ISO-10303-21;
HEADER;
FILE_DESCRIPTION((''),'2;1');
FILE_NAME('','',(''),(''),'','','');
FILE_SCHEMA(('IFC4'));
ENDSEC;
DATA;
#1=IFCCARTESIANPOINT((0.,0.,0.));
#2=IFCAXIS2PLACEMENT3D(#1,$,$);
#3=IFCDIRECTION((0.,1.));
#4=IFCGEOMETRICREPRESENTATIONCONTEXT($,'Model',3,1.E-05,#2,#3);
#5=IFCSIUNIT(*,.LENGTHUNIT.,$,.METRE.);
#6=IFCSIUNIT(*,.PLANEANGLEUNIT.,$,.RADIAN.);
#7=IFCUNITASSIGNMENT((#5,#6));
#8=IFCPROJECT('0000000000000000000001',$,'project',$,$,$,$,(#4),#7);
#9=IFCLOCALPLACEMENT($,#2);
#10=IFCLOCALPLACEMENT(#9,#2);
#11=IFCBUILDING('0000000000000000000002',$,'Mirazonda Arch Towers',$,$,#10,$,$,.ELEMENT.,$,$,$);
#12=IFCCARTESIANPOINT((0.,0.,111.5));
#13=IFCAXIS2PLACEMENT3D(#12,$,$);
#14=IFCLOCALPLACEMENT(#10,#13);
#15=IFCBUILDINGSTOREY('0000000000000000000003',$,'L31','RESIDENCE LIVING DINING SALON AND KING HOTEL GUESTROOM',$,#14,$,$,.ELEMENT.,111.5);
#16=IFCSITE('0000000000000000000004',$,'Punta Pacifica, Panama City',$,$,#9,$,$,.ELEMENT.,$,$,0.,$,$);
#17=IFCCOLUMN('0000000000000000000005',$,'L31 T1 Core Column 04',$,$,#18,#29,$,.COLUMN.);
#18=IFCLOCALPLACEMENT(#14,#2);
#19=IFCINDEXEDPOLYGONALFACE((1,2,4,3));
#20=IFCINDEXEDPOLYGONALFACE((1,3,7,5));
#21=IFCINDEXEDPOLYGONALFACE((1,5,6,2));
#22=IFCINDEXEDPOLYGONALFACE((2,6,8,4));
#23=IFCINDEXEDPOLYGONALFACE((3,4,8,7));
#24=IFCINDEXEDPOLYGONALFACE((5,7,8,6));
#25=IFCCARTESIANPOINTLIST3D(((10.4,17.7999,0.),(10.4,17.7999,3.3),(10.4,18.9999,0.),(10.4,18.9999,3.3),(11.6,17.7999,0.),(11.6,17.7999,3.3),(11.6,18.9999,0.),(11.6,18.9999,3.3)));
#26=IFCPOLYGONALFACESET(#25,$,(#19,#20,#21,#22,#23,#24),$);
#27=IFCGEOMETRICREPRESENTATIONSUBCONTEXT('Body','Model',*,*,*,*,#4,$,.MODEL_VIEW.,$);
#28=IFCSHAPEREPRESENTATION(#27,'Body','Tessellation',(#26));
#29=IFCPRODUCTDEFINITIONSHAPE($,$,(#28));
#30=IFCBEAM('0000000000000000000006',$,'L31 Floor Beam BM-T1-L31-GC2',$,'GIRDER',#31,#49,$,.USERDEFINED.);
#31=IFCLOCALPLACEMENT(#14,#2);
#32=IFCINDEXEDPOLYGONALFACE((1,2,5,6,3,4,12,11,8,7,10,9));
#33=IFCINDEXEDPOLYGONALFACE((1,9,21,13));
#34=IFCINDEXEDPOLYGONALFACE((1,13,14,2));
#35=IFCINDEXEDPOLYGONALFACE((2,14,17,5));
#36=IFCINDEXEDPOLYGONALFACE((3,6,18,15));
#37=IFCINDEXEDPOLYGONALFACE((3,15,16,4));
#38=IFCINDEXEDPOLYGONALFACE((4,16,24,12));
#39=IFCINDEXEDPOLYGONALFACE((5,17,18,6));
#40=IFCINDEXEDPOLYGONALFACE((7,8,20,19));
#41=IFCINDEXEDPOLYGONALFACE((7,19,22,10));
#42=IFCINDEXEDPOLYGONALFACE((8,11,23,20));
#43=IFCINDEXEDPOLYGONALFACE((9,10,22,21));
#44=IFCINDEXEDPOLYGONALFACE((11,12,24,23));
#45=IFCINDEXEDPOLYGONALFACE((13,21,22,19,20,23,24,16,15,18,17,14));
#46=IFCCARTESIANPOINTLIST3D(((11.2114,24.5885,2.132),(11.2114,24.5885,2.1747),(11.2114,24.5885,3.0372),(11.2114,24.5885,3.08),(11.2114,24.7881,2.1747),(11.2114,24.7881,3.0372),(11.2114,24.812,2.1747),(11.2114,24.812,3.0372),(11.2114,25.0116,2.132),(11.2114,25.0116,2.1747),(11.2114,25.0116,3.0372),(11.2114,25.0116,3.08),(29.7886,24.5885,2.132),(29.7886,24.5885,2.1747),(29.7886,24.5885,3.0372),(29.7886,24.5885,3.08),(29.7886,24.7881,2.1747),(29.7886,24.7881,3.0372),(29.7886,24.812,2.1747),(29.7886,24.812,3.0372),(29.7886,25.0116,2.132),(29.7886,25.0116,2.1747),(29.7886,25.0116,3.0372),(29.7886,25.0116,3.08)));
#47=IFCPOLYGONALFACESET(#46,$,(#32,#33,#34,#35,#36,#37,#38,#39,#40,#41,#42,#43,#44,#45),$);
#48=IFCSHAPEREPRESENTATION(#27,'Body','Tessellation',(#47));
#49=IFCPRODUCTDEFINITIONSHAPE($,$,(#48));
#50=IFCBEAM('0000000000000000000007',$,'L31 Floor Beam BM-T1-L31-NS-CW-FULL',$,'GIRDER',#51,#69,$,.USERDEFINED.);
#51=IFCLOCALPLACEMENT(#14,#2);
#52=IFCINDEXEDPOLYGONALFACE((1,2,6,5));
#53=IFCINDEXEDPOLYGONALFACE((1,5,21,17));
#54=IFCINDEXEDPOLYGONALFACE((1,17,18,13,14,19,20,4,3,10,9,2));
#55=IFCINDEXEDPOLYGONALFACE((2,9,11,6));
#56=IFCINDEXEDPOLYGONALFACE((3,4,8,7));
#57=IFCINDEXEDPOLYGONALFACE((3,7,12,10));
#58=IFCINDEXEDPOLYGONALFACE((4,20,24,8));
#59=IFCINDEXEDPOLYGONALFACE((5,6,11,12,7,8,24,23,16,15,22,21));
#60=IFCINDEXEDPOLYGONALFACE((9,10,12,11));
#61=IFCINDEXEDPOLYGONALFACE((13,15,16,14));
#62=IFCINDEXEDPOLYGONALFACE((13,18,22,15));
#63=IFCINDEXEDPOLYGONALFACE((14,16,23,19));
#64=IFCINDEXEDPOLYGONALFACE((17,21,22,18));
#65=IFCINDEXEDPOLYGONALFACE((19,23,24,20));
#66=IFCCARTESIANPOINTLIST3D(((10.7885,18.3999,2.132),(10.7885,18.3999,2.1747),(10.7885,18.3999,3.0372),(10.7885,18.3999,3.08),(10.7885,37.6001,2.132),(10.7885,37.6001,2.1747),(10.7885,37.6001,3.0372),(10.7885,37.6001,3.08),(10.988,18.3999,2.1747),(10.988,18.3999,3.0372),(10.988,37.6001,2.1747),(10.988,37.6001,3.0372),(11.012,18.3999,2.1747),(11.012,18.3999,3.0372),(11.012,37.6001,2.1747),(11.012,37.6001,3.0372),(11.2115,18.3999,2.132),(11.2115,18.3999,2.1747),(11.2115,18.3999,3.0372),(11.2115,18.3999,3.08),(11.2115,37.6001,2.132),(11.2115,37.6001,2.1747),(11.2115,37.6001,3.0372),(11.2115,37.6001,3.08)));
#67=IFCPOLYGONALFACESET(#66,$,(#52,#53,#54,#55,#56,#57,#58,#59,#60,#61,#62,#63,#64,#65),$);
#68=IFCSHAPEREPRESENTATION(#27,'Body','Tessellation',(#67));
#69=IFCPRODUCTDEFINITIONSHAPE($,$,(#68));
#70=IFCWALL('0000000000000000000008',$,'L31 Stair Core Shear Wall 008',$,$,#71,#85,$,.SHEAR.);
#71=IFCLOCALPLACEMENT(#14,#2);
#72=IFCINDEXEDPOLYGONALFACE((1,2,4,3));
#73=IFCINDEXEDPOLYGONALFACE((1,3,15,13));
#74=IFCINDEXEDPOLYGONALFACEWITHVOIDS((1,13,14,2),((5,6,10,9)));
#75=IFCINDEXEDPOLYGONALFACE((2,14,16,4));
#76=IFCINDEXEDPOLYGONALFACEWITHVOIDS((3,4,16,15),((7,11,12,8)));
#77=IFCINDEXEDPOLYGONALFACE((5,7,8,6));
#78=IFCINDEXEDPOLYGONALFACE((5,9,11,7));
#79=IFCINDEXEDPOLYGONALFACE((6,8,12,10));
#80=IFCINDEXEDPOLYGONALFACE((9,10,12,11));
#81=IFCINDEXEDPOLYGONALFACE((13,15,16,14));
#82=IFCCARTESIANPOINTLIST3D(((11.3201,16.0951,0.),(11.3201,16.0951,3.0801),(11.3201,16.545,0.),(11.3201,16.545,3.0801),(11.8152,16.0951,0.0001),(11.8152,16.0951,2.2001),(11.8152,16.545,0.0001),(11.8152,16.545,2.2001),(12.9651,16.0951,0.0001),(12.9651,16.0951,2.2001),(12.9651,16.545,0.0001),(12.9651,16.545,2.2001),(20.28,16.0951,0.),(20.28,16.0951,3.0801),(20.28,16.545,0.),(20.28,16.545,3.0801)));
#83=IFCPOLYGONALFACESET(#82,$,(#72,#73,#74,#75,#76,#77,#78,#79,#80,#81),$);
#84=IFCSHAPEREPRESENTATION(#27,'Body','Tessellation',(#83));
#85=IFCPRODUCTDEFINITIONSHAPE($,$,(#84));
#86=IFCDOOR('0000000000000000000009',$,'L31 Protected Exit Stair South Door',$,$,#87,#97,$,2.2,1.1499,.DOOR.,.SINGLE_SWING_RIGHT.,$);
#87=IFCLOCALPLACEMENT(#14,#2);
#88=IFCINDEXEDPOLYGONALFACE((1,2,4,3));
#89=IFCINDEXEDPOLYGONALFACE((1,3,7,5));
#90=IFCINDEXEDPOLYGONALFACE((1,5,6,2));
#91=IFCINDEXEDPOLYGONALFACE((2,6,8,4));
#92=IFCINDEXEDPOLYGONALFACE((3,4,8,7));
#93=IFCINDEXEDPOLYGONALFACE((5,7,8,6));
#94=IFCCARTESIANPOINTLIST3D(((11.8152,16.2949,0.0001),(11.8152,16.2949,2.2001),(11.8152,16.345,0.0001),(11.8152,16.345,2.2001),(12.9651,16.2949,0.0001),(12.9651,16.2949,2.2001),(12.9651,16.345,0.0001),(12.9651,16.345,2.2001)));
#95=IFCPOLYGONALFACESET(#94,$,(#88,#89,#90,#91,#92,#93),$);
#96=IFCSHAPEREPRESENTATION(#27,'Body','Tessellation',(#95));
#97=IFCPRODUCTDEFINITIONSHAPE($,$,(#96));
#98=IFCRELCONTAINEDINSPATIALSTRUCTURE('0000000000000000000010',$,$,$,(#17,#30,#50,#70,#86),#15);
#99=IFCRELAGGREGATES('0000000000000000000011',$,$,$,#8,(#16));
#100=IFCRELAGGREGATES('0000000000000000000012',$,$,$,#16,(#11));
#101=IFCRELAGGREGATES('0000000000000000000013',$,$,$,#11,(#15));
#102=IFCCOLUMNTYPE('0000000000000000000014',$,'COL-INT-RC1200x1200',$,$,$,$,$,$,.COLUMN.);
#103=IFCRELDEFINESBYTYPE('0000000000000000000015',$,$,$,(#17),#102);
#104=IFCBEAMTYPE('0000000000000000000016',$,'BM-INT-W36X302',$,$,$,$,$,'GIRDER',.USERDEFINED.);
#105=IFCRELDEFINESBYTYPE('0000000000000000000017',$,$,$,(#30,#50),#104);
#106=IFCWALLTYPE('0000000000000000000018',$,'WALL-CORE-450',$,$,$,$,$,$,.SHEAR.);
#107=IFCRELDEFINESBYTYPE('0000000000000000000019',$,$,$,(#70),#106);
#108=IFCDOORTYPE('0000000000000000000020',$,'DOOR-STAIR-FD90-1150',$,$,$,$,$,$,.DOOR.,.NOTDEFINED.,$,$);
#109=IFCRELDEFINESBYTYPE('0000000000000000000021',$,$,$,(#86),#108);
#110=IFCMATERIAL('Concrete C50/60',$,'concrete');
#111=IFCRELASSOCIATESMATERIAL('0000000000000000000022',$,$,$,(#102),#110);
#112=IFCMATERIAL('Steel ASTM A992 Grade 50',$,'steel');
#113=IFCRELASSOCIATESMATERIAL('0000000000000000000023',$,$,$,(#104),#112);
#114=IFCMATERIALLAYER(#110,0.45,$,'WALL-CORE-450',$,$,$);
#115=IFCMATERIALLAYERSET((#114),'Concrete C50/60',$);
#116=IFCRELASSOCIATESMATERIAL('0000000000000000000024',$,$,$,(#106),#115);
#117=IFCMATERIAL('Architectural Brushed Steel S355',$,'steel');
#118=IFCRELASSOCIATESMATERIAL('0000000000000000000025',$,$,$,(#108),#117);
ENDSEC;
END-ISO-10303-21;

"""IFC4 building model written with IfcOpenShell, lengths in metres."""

from ifc_helpers import new_model, si_unit, direction, frame, frame_2d, origin, origin_2d, place, context, subcontext, project, spatial, rectangle, i_section, extrude, material, layer, layer_set, material_profile, profile_set, type_object, element, fill, save


model = new_model("IFC4")

# Units and contexts
model_context = context("Model", 3, precision=1e-05, world=origin(), true_north=direction((0.0, 1.0)))
body_context = subcontext(model_context, "Body", "Model", "MODEL_VIEW")
ifc_project = project(units=[si_unit("LENGTHUNIT", "METRE"), si_unit("PLANEANGLEUNIT", "RADIAN")], contexts=[model_context])

# Site, building, storey
site_placement = place(None, origin())
site = spatial("IfcSite", under=ifc_project, at=site_placement, Name="Punta Pacifica, Panama City", CompositionType="ELEMENT", RefElevation=0.0)
building_placement = place(site_placement, origin())
building = spatial("IfcBuilding", under=site, at=building_placement, Name="Mirazonda Arch Towers", CompositionType="ELEMENT")
storey_placement = place(building_placement, frame((0.0, 0.0, 111.5)))
storey = spatial("IfcBuildingStorey", under=building, at=storey_placement, Name="L31", Description="RESIDENCE LIVING DINING SALON AND KING HOTEL GUESTROOM", CompositionType="ELEMENT", Elevation=111.5)

# Column
ifc_material_1 = material(Name="Concrete C50/60", Category="concrete")
ifc_material_profile_1 = material_profile(ifc_material_1, rectangle(XDim=1.2, YDim=1.2, at=origin_2d()), Name="RC1200x1200")
ifc_profile_set_1 = profile_set([ifc_material_profile_1], Name="Concrete C50/60")
column_type = type_object("IfcColumnType", Name="COL-INT-RC1200x1200", PredefinedType="COLUMN", material=ifc_profile_set_1)
column_placement = place(storey_placement, frame((11.0, 18.3999, 0.0), z_axis=(0.0, 0.0, 1.0), x_axis=(1.0, 0.0, 0.0)))
element("IfcColumn", 1, at=column_placement, inside=storey, type_object=column_type, Name="L31 T1 Core Column 04", PredefinedType="COLUMN", context=body_context, shape_type="SweptSolid", body=[
    extrude(rectangle(XDim=1.2, YDim=1.2, at=origin_2d()), origin(), (0.0, 0.0, 1.0), 3.3),
])

# Beams
ifc_material_2 = material(Name="Steel ASTM A992 Grade 50", Category="steel")
ifc_material_profile_2 = material_profile(ifc_material_2, i_section(OverallWidth=0.4231, OverallDepth=0.948, WebThickness=0.0239, FlangeThickness=0.0427, at=origin_2d()), Name="W36X302")
ifc_profile_set_2 = profile_set([ifc_material_profile_2], Name="Steel ASTM A992 Grade 50")
beam_type = type_object("IfcBeamType", Name="BM-INT-W36X302", ElementType="GIRDER", PredefinedType="USERDEFINED", material=ifc_profile_set_2)
beam_1_placement = place(storey_placement, frame((11.2114, 24.8, 2.606), z_axis=(1.0, 0.0, 0.0), x_axis=(0.0, 1.0, 0.0)))
element("IfcBeam", 2, at=beam_1_placement, inside=storey, type_object=beam_type, Name="L31 Floor Beam BM-T1-L31-GC2", ObjectType="GIRDER", PredefinedType="USERDEFINED", context=body_context, shape_type="SweptSolid", body=[
    extrude(i_section(OverallWidth=0.4231, OverallDepth=0.948, WebThickness=0.0239, FlangeThickness=0.0427, at=origin_2d()), origin(), (0.0, 0.0, 1.0), 18.5771),
])
beam_2_placement = place(storey_placement, frame((11.0, 18.3999, 2.606), z_axis=(0.0, 1.0, 0.0), x_axis=(-1.0, 0.0, 0.0)))
element("IfcBeam", 3, at=beam_2_placement, inside=storey, type_object=beam_type, Name="L31 Floor Beam BM-T1-L31-NS-CW-FULL", ObjectType="GIRDER", PredefinedType="USERDEFINED", context=body_context, shape_type="SweptSolid", body=[
    extrude(i_section(OverallWidth=0.4231, OverallDepth=0.948, WebThickness=0.0239, FlangeThickness=0.0427, at=origin_2d()), origin(), (0.0, 0.0, 1.0), 19.2002),
])

# Wall, opening, door
ifc_layer_1 = layer(ifc_material_1, 0.45, Name="WALL-CORE-450")
ifc_layer_set_1 = layer_set([ifc_layer_1], Name="Concrete C50/60")
wall_type_1 = type_object("IfcWallType", Name="WALL-CORE-450", PredefinedType="SHEAR", material=ifc_layer_set_1)
wall_1_placement = place(storey_placement, frame((11.3201, 16.3201, 0.0), z_axis=(0.0, 0.0, 1.0), x_axis=(1.0, 0.0, 0.0)))
wall_1 = element("IfcWall", 4, at=wall_1_placement, inside=storey, type_object=wall_type_1, Name="L31 Stair Core Shear Wall 008", PredefinedType="SHEAR", context=body_context, shape_type="SweptSolid", body=[
    extrude(rectangle(XDim=8.96, YDim=0.45, at=frame_2d((4.48, 0.0))), origin(), (0.0, 0.0, 1.0), 3.0801),
])
opening_1_placement = place(wall_1_placement, frame((0.4951, 0.0, 0.0)))
opening_1 = element("IfcOpeningElement", 5, at=opening_1_placement, cuts=wall_1, PredefinedType="OPENING", context=body_context, shape_type="SweptSolid", body=[
    extrude(rectangle(XDim=1.1499, YDim=2.2, at=frame_2d((0.575, 1.1001))), frame((0.0, 0.2349, 0.0), z_axis=(0.0, -1.0, 0.0), x_axis=(1.0, 0.0, 0.0)), (0.0, 0.0, 1.0), 0.47),
])
ifc_material_3 = material(Name="Architectural Brushed Steel S355", Category="steel")
door_type_1 = type_object("IfcDoorType", Name="DOOR-STAIR-FD90-1150", OperationType="NOTDEFINED", PredefinedType="DOOR", material=ifc_material_3)
door_1_placement = place(opening_1_placement, origin())
door_1 = element("IfcDoor", 6, at=door_1_placement, inside=storey, type_object=door_type_1, Name="L31 Protected Exit Stair South Door", OperationType="SINGLE_SWING_RIGHT", OverallHeight=2.2, OverallWidth=1.1499, PredefinedType="DOOR", context=body_context, shape_type="SweptSolid", body=[
    extrude(rectangle(XDim=1.1499, YDim=2.2, at=frame_2d((0.575, 1.1001))), frame((0.0, 0.0249, 0.0), z_axis=(0.0, -1.0, 0.0), x_axis=(1.0, 0.0, 0.0)), (0.0, 0.0, 1.0), 0.05),
])
fill(opening_1, door_1)

save(model, "model.ifc")
